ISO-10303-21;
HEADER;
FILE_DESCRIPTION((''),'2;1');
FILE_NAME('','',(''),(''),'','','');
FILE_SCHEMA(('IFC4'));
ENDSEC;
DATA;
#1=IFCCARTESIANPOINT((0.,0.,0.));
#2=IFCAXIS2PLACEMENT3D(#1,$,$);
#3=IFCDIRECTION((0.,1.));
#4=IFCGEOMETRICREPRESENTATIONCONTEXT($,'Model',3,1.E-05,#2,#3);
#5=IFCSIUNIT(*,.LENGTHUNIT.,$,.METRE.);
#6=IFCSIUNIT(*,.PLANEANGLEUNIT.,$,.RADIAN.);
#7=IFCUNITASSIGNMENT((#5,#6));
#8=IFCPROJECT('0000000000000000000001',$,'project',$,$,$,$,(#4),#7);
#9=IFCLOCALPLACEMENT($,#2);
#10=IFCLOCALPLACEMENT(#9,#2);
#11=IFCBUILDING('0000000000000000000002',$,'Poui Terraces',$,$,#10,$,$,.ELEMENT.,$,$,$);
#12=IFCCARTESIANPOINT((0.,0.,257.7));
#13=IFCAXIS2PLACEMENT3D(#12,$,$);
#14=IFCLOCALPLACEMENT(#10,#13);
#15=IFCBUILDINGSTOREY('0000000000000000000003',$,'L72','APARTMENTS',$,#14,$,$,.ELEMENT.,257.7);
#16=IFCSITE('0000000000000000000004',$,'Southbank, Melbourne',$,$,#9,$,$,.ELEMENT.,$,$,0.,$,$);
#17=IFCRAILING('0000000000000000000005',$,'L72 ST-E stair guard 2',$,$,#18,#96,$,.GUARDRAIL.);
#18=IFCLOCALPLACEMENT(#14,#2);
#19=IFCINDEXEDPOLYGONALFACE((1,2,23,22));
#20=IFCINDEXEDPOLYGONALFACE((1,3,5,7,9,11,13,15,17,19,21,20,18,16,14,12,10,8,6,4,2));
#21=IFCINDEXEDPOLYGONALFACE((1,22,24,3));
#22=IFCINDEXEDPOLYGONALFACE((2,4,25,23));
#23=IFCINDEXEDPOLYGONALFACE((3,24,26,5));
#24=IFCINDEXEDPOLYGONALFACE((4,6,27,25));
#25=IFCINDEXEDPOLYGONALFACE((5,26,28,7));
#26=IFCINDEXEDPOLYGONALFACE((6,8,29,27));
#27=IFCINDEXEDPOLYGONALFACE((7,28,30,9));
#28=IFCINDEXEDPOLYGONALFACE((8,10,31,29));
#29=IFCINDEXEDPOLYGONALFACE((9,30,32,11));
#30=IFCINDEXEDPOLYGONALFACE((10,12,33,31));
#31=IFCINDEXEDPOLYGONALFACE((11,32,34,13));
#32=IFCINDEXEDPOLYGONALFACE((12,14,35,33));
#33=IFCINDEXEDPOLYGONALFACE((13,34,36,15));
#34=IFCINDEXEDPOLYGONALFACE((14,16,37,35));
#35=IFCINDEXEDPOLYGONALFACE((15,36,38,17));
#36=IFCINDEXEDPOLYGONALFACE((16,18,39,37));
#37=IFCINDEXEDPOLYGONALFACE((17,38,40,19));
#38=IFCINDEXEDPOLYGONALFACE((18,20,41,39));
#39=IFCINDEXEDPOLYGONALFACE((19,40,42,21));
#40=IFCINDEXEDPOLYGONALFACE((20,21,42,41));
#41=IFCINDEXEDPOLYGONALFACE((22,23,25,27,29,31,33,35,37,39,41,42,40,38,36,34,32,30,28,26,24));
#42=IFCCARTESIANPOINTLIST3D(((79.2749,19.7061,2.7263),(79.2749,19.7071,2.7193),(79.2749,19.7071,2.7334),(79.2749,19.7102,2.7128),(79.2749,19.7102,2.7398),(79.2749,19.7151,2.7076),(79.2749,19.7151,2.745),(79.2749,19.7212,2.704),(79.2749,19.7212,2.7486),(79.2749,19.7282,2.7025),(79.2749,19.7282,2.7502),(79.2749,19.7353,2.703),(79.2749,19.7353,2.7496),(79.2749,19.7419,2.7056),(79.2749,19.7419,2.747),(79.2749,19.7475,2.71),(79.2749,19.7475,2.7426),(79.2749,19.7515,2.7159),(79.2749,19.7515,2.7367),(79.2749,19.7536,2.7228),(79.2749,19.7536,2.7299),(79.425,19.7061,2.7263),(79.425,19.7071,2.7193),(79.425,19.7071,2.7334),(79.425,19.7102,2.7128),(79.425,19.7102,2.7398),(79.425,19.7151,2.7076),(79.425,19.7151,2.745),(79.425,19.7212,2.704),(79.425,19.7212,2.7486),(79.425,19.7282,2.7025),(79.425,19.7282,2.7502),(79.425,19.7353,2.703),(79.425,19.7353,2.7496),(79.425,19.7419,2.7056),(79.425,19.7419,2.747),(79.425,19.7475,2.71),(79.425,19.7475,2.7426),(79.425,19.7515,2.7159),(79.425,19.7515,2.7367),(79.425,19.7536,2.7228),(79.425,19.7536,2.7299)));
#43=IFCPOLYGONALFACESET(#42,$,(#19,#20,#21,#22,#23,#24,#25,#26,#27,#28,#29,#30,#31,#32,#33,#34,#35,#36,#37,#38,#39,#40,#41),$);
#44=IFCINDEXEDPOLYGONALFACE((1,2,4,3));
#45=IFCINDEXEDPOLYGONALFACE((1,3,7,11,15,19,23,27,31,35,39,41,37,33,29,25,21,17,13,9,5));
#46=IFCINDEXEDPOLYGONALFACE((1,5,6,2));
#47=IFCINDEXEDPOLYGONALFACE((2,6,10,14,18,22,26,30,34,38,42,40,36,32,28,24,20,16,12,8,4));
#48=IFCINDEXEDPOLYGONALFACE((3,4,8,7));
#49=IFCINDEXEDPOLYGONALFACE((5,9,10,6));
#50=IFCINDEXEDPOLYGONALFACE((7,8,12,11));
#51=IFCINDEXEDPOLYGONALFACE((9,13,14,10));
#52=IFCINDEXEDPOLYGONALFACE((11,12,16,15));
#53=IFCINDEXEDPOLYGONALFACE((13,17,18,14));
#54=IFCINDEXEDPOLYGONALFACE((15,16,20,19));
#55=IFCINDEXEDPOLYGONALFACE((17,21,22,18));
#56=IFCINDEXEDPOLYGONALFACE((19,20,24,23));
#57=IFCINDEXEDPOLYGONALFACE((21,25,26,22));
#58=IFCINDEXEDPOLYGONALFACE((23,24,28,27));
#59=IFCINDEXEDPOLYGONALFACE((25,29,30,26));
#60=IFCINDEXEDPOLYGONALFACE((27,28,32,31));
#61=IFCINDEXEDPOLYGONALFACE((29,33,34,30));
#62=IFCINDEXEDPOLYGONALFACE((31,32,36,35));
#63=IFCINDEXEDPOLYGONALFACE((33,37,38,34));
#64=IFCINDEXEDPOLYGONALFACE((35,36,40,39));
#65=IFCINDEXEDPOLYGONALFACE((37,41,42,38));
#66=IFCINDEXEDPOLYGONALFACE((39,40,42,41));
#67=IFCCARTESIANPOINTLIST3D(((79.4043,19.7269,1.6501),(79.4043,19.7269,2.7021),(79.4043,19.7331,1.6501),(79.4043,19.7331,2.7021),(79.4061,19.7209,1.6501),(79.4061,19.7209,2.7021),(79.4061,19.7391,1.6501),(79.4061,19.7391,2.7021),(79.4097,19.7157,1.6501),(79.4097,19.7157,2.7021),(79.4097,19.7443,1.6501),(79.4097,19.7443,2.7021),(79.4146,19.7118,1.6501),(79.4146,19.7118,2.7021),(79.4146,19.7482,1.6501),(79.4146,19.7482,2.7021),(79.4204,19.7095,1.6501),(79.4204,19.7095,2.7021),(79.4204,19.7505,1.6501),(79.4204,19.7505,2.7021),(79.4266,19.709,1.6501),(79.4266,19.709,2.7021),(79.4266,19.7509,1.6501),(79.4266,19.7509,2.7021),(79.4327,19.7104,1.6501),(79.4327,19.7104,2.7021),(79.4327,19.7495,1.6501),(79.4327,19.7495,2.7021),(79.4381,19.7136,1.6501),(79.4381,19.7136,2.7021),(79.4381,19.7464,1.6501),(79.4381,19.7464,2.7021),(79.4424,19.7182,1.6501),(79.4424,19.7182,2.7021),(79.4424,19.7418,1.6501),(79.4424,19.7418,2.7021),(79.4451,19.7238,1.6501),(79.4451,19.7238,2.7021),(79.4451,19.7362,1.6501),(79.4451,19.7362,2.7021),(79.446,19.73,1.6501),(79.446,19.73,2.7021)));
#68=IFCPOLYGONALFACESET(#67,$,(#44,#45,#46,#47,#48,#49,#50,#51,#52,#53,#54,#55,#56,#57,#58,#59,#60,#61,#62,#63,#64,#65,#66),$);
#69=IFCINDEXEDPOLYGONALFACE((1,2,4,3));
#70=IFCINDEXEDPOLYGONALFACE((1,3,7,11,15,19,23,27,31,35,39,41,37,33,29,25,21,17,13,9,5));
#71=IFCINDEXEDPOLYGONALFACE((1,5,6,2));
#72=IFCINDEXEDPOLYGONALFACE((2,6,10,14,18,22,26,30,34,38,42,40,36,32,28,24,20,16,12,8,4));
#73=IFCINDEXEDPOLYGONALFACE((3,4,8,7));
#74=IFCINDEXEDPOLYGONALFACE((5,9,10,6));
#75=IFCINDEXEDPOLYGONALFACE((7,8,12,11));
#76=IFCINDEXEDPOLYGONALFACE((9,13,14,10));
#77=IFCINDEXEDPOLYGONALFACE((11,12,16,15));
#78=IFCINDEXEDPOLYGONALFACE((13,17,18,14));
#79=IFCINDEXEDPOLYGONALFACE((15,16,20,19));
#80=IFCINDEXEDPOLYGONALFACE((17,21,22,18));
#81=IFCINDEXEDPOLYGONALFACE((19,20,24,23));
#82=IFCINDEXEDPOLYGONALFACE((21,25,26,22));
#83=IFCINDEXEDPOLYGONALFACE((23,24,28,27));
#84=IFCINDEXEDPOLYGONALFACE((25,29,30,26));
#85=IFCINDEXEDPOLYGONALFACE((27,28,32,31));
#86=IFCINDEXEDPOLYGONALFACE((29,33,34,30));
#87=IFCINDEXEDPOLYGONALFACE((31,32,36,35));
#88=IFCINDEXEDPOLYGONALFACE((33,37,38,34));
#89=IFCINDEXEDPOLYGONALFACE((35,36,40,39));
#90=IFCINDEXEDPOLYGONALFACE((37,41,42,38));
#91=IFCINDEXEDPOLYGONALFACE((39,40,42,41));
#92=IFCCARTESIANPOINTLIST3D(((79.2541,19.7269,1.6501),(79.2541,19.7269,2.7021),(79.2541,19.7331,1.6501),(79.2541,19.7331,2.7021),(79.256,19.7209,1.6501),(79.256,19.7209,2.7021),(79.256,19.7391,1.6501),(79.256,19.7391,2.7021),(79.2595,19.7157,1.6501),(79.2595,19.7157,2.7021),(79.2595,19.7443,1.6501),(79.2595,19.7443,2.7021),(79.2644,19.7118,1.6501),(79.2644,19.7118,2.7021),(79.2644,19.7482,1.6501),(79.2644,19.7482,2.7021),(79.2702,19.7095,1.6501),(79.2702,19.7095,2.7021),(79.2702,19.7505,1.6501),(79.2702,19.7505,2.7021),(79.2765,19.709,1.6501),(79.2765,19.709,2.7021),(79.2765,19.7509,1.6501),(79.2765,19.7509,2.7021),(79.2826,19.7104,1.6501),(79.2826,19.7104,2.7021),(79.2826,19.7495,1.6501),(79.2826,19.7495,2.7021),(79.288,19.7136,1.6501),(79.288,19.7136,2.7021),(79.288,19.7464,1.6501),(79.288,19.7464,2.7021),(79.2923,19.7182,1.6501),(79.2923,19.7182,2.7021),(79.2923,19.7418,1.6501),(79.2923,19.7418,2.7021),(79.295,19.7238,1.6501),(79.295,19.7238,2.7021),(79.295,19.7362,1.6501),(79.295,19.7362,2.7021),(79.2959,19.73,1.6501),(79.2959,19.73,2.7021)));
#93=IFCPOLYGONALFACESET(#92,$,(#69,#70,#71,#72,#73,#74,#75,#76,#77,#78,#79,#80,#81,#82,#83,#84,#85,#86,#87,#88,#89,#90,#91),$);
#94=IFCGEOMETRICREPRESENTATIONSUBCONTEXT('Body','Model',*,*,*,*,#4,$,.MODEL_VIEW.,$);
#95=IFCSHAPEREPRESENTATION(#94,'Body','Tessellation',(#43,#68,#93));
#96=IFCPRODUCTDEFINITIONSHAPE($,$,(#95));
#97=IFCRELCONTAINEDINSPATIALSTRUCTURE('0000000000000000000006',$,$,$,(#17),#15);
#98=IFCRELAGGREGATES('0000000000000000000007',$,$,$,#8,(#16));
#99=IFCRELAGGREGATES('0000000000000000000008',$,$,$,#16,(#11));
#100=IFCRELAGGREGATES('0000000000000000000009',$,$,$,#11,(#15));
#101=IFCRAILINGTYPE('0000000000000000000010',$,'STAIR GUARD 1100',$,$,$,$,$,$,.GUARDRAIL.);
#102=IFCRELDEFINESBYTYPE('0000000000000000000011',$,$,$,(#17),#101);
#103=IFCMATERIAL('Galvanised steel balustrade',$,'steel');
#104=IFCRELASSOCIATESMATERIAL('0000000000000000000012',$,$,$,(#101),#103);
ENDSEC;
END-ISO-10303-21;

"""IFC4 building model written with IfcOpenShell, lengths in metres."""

from ifc_helpers import new_model, si_unit, direction, frame, origin, origin_2d, place, context, subcontext, project, spatial, circle, extrude, material, type_object, element, save


model = new_model("IFC4")

# Units and contexts
model_context = context("Model", 3, precision=1e-05, world=origin(), true_north=direction((0.0, 1.0)))
body_context = subcontext(model_context, "Body", "Model", "MODEL_VIEW")
ifc_project = project(units=[si_unit("LENGTHUNIT", "METRE"), si_unit("PLANEANGLEUNIT", "RADIAN")], contexts=[model_context])

# Site, building, storey
site_placement = place(None, origin())
site = spatial("IfcSite", under=ifc_project, at=site_placement, Name="Southbank, Melbourne", CompositionType="ELEMENT", RefElevation=0.0)
building_placement = place(site_placement, origin())
building = spatial("IfcBuilding", under=site, at=building_placement, Name="Poui Terraces", CompositionType="ELEMENT")
storey_placement = place(building_placement, frame((0.0, 0.0, 257.7)))
storey = spatial("IfcBuildingStorey", under=building, at=storey_placement, Name="L72", Description="APARTMENTS", CompositionType="ELEMENT", Elevation=257.7)

# Railing
ifc_material_1 = material(Name="Galvanised steel balustrade", Category="steel")
railing_type = type_object("IfcRailingType", Name="STAIR GUARD 1100", PredefinedType="GUARDRAIL", material=ifc_material_1)
railing_placement = place(storey_placement, frame((79.425, 19.73, 1.6501)))
element("IfcRailing", 1, at=railing_placement, inside=storey, type_object=railing_type, Name="L72 ST-E stair guard 2", PredefinedType="GUARDRAIL", context=body_context, shape_type="SweptSolid", body=[
    extrude(circle(Radius=0.0239, at=origin_2d()), frame((0.0, 0.0, 1.0762), z_axis=(-1.0, 0.0, 0.0), x_axis=(0.0, -1.0, 0.0)), (0.0, 0.0, 1.0), 0.1501),
    extrude(circle(Radius=0.021, at=origin_2d()), origin(), (0.0, 0.0, 1.0), 1.052),
    extrude(circle(Radius=0.021, at=origin_2d()), frame((-0.1501, 0.0, 0.0)), (0.0, 0.0, 1.0), 1.052),
])

save(model, "model.ifc")
